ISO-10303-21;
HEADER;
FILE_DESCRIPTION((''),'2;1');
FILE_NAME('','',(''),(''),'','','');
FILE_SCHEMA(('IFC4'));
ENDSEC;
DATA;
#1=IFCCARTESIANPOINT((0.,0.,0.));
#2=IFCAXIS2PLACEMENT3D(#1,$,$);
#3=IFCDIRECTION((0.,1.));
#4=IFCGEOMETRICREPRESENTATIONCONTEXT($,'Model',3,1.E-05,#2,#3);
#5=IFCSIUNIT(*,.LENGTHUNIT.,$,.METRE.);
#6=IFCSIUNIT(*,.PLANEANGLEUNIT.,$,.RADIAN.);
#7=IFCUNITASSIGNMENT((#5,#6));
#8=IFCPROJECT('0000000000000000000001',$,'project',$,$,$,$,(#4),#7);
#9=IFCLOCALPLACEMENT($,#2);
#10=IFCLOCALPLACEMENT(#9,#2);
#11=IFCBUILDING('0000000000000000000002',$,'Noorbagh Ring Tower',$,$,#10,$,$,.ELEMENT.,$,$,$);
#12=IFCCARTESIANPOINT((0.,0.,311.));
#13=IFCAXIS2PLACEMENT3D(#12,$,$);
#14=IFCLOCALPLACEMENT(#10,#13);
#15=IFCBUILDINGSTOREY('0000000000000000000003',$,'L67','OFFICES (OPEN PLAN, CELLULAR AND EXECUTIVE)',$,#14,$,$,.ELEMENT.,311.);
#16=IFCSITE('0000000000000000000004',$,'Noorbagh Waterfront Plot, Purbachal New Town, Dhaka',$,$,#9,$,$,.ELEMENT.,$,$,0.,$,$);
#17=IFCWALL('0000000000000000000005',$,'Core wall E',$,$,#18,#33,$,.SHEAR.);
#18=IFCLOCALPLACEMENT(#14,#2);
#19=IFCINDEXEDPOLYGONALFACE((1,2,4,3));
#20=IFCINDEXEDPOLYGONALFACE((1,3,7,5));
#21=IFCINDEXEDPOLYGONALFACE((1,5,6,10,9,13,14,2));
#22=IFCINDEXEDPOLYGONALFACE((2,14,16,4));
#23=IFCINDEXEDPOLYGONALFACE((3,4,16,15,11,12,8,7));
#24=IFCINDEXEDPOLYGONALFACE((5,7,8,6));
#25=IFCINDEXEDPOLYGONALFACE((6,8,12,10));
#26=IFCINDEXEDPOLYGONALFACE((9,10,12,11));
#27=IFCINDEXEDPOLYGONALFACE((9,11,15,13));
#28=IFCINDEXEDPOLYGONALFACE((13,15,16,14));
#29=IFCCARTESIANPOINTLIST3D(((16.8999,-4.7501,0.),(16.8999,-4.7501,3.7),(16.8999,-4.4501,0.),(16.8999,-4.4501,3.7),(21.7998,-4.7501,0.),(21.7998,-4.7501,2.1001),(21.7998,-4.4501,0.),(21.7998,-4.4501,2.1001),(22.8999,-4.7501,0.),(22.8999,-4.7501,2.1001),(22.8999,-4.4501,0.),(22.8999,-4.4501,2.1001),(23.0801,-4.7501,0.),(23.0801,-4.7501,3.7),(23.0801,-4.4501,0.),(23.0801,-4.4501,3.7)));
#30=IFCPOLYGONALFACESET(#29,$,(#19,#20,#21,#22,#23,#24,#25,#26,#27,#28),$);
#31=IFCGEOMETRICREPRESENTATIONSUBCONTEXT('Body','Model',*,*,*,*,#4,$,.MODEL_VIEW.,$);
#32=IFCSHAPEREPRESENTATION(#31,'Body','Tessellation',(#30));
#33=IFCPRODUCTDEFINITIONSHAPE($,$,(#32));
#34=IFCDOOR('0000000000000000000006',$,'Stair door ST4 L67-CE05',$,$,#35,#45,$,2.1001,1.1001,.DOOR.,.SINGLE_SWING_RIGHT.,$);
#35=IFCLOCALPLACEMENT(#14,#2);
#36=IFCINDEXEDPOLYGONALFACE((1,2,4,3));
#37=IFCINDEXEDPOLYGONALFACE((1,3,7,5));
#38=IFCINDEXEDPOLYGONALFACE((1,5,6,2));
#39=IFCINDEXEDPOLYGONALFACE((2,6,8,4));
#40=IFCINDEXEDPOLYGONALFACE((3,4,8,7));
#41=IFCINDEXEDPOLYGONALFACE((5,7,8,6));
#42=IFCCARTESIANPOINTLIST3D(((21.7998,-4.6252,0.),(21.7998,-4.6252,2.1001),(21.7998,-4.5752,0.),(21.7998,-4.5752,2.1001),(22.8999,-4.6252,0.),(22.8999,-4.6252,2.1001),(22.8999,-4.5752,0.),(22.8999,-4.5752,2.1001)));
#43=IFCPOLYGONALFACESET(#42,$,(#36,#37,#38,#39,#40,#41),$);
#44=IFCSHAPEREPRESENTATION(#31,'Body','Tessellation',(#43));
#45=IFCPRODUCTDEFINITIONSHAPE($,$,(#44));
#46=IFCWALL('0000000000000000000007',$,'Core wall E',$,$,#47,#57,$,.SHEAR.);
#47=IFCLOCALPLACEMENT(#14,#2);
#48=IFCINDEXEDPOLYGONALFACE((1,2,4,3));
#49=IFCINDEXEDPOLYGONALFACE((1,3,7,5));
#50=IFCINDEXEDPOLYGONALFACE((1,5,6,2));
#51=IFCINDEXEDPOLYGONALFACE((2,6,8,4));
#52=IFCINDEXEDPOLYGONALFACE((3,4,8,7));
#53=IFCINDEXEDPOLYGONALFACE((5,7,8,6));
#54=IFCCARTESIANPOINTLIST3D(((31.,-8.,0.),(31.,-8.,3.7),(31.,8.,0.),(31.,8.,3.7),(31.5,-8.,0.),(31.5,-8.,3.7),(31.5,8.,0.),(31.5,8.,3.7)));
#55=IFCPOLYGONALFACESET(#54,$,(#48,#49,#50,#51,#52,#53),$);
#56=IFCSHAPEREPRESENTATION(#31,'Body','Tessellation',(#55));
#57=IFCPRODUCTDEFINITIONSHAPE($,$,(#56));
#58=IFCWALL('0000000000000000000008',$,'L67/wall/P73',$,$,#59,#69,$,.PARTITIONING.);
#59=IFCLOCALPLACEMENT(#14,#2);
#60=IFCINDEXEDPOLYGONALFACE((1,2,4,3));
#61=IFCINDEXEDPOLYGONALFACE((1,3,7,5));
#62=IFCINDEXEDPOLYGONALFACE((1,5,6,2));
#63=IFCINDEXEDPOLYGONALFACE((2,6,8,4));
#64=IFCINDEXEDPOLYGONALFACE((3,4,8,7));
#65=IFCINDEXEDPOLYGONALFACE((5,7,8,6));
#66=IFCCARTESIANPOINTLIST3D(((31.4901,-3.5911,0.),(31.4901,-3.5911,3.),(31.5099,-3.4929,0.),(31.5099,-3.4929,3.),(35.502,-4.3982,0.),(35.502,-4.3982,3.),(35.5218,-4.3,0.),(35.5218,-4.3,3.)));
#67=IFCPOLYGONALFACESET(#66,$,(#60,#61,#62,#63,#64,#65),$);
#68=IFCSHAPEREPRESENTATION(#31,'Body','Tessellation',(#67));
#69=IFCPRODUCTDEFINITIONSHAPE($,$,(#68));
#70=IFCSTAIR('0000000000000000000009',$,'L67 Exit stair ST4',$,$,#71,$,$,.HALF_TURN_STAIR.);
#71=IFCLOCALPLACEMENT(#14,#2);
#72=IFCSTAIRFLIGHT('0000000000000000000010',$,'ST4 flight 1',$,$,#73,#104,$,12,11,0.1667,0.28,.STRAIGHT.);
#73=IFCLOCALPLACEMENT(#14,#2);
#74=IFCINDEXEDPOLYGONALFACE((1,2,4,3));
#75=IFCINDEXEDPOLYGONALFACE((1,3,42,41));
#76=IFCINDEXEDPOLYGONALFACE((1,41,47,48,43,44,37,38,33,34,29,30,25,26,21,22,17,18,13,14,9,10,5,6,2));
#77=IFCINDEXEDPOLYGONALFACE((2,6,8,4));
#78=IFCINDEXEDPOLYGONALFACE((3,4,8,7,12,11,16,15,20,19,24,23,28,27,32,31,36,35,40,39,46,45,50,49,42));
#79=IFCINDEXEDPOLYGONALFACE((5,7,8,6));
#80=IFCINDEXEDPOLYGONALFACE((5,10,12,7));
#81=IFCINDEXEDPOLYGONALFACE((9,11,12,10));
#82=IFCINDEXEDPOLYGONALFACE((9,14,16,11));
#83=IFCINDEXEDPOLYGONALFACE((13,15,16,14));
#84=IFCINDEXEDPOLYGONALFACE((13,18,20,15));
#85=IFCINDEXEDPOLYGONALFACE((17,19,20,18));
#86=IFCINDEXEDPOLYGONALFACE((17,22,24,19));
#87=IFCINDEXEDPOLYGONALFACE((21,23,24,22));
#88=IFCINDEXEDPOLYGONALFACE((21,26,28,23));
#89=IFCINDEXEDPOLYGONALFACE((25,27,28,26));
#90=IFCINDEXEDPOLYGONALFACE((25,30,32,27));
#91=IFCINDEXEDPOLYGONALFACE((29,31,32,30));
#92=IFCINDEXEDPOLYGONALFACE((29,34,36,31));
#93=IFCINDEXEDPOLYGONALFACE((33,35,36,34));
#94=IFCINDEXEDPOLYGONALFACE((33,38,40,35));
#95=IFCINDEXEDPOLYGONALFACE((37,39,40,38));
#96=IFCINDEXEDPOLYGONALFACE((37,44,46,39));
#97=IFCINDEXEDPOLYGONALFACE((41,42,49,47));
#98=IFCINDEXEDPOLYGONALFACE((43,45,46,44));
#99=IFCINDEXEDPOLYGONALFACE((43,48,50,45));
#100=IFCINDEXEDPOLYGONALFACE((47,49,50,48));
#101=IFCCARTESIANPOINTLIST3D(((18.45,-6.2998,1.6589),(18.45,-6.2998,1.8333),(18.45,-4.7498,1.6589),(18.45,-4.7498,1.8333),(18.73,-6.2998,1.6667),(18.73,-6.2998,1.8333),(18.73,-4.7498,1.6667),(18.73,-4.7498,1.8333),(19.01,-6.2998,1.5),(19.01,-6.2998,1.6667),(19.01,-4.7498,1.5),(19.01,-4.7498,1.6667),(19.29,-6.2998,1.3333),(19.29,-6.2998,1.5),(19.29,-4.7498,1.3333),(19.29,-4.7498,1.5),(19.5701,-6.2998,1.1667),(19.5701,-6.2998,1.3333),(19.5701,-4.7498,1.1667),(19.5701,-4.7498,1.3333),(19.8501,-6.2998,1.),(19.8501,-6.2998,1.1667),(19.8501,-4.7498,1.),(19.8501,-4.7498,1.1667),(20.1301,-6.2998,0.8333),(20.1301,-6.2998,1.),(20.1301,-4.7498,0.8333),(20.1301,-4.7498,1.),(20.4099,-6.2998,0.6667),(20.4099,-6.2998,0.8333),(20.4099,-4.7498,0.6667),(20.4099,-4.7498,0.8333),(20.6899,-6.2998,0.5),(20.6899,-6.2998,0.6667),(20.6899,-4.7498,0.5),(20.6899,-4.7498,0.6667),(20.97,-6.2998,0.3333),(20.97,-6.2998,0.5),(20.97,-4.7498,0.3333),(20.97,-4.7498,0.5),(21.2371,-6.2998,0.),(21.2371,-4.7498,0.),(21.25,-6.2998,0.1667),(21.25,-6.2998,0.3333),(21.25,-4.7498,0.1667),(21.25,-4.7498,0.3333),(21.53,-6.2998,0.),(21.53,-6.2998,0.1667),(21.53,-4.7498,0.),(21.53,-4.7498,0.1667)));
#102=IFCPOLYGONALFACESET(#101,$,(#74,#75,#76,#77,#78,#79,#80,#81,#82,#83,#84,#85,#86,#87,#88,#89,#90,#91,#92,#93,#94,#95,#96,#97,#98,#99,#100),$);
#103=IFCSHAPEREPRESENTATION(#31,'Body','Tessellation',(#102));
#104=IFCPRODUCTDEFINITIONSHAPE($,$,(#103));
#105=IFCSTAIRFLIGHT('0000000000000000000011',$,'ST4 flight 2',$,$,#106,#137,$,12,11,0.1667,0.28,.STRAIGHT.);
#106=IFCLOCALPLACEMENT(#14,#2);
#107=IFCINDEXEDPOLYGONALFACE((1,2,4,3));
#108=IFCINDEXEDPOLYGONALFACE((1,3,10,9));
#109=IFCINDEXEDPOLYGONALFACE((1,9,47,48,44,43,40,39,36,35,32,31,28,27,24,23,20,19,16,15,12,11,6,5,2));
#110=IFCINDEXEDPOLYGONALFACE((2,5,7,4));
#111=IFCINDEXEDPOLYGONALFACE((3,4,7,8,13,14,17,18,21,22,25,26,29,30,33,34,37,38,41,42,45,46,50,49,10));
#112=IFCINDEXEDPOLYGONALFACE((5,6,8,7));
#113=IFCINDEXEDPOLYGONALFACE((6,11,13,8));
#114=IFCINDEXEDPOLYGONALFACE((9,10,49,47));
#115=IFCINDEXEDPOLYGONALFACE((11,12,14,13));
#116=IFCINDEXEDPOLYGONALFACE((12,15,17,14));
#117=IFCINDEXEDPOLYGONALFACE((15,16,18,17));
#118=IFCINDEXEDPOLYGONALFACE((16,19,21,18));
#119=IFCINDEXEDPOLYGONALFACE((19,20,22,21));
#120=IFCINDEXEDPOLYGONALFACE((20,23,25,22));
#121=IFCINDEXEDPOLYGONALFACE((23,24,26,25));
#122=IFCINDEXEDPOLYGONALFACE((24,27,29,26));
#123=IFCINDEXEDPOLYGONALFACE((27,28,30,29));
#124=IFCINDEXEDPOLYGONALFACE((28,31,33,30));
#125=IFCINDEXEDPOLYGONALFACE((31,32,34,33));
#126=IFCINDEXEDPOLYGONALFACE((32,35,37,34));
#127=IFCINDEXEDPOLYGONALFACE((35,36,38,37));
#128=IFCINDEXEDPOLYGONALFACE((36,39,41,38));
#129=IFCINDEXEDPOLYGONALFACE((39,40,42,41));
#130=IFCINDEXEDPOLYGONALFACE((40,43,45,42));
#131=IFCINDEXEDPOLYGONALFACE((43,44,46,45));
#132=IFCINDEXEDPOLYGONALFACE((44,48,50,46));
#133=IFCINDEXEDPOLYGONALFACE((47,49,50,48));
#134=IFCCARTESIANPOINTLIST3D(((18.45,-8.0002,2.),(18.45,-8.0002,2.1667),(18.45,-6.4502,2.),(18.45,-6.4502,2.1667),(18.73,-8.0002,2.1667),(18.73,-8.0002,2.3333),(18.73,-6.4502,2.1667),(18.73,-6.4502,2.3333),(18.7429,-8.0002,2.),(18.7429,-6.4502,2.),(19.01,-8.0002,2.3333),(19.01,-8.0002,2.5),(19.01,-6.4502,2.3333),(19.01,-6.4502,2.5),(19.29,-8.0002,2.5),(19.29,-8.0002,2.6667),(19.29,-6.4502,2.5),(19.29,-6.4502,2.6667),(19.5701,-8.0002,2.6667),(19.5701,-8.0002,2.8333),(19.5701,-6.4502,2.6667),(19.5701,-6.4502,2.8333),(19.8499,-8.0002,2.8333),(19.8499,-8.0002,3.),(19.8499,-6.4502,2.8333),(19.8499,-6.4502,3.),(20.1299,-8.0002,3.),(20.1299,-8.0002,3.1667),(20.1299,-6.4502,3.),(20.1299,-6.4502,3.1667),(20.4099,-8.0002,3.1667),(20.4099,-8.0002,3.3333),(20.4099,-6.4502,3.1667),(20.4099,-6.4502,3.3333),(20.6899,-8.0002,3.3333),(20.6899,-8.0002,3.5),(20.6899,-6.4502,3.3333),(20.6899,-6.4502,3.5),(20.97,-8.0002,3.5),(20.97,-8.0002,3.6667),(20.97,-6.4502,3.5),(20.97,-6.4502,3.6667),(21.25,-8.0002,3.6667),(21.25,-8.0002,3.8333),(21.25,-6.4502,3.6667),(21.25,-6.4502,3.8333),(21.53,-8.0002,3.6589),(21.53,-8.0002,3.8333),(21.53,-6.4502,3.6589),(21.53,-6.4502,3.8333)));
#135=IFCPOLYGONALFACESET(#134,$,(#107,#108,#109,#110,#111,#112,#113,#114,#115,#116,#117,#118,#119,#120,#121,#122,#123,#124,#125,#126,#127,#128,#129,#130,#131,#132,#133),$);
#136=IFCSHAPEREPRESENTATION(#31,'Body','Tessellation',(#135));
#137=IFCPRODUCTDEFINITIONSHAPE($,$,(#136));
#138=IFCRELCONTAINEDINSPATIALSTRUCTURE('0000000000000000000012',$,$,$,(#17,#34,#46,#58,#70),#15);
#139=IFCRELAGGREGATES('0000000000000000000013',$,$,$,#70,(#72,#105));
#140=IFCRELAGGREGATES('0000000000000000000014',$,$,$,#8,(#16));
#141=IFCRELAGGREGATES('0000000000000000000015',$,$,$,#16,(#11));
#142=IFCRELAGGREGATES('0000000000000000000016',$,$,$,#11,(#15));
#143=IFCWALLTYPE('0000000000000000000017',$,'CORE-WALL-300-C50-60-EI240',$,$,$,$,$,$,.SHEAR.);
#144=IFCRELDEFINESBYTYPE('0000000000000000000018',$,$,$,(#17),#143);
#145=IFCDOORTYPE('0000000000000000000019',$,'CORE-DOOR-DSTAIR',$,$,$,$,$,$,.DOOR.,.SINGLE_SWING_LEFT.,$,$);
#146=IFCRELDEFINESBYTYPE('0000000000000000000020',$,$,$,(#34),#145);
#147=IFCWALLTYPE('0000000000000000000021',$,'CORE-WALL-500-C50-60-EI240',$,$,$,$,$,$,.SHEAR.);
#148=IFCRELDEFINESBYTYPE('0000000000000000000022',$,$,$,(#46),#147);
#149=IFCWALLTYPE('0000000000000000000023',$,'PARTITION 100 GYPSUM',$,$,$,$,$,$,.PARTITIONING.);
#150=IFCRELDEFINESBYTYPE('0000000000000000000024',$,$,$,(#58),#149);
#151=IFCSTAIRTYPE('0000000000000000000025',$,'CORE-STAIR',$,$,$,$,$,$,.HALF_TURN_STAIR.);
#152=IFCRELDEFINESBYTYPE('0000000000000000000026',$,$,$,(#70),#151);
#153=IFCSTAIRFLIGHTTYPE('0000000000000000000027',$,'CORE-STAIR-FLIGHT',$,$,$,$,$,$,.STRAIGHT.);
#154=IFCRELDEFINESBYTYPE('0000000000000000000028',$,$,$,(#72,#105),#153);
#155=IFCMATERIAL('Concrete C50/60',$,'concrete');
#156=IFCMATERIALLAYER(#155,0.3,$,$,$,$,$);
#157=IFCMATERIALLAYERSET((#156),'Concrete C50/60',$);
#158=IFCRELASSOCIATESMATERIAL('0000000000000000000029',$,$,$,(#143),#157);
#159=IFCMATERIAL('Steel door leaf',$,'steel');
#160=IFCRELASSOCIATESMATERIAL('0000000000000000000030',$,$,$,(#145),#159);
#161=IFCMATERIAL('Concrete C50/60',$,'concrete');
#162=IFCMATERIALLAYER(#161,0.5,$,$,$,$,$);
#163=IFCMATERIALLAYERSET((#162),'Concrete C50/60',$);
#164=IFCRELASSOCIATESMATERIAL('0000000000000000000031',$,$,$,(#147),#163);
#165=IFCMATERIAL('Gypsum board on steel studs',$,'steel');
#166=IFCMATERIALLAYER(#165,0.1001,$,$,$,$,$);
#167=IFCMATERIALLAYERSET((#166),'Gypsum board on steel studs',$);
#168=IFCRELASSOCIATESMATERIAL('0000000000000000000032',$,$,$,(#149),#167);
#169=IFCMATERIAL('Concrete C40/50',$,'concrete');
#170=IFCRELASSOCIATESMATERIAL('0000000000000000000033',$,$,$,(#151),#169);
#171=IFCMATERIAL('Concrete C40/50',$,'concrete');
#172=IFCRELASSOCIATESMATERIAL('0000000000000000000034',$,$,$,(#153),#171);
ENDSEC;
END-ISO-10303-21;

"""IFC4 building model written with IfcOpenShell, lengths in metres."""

from ifc_helpers import new_model, si_unit, direction, frame, frame_2d, origin, place, context, subcontext, project, spatial, polyline, rectangle, outline, extrude, material, layer, layer_set, type_object, element, fill, aggregate, save


model = new_model("IFC4")

# Units and contexts
model_context = context("Model", 3, precision=1e-05, world=origin(), true_north=direction((0.0, 1.0)))
body_context = subcontext(model_context, "Body", "Model", "MODEL_VIEW")
ifc_project = project(units=[si_unit("LENGTHUNIT", "METRE"), si_unit("PLANEANGLEUNIT", "RADIAN")], contexts=[model_context])

# Site, building, storey
site_placement = place(None, origin())
site = spatial("IfcSite", under=ifc_project, at=site_placement, Name="Noorbagh Waterfront Plot, Purbachal New Town, Dhaka", CompositionType="ELEMENT", RefElevation=0.0)
building_placement = place(site_placement, origin())
building = spatial("IfcBuilding", under=site, at=building_placement, Name="Noorbagh Ring Tower", CompositionType="ELEMENT")
storey_placement = place(building_placement, frame((0.0, 0.0, 311.0)))
storey = spatial("IfcBuildingStorey", under=building, at=storey_placement, Name="L67", Description="OFFICES (OPEN PLAN, CELLULAR AND EXECUTIVE)", CompositionType="ELEMENT", Elevation=311.0)

# Wall, opening, door
ifc_material_1 = material(Name="Concrete C50/60", Category="concrete")
ifc_layer_1 = layer(ifc_material_1, 0.3)
ifc_layer_set_1 = layer_set([ifc_layer_1], Name="Concrete C50/60")
wall_type_1 = type_object("IfcWallType", Name="CORE-WALL-300-C50-60-EI240", PredefinedType="SHEAR", material=ifc_layer_set_1)
wall_1_placement = place(storey_placement, frame((16.8999, -4.6001, 0.0), z_axis=(0.0, 0.0, 1.0), x_axis=(1.0, 0.0, 0.0)))
wall_1 = element("IfcWall", 1, at=wall_1_placement, inside=storey, type_object=wall_type_1, Name="Core wall E", PredefinedType="SHEAR", context=body_context, shape_type="SweptSolid", body=[
    extrude(rectangle(XDim=6.1802, YDim=0.3, at=frame_2d((3.0901, 0.0))), origin(), (0.0, 0.0, 1.0), 3.7),
])
opening_1_placement = place(wall_1_placement, frame((4.8999, 0.0, 0.0)))
opening_1 = element("IfcOpeningElement", 2, at=opening_1_placement, cuts=wall_1, PredefinedType="OPENING", context=body_context, shape_type="SweptSolid", body=[
    extrude(rectangle(XDim=1.1001, YDim=2.1001, at=frame_2d((0.55, 1.05))), frame((0.0, 0.1602, 0.0), z_axis=(0.0, -1.0, 0.0), x_axis=(1.0, 0.0, 0.0)), (0.0, 0.0, 1.0), 0.3201),
])
ifc_material_2 = material(Name="Steel door leaf", Category="steel")
door_type_1 = type_object("IfcDoorType", Name="CORE-DOOR-DSTAIR", OperationType="SINGLE_SWING_LEFT", PredefinedType="DOOR", material=ifc_material_2)
door_1_placement = place(opening_1_placement, origin())
door_1 = element("IfcDoor", 3, at=door_1_placement, inside=storey, type_object=door_type_1, Name="Stair door ST4 L67-CE05", OperationType="SINGLE_SWING_RIGHT", OverallHeight=2.1001, OverallWidth=1.1001, PredefinedType="DOOR", context=body_context, shape_type="SweptSolid", body=[
    extrude(rectangle(XDim=1.1001, YDim=2.1001, at=frame_2d((0.55, 1.05))), frame((0.0, 0.0249, 0.0), z_axis=(0.0, -1.0, 0.0), x_axis=(1.0, 0.0, 0.0)), (0.0, 0.0, 1.0), 0.05),
])
fill(opening_1, door_1)

# Walls
ifc_material_3 = material(Name="Concrete C50/60", Category="concrete")
ifc_layer_2 = layer(ifc_material_3, 0.5)
ifc_layer_set_2 = layer_set([ifc_layer_2], Name="Concrete C50/60")
wall_type_2 = type_object("IfcWallType", Name="CORE-WALL-500-C50-60-EI240", PredefinedType="SHEAR", material=ifc_layer_set_2)
wall_2_placement = place(storey_placement, frame((31.25, -8.0, 0.0), z_axis=(0.0, 0.0, 1.0), x_axis=(0.0, 1.0, 0.0)))
element("IfcWall", 4, at=wall_2_placement, inside=storey, type_object=wall_type_2, Name="Core wall E", PredefinedType="SHEAR", context=body_context, shape_type="SweptSolid", body=[
    extrude(rectangle(XDim=16.0, YDim=0.5, at=frame_2d((8.0, 0.0))), origin(), (0.0, 0.0, 1.0), 3.7),
])
ifc_material_4 = material(Name="Gypsum board on steel studs", Category="steel")
ifc_layer_3 = layer(ifc_material_4, 0.1001)
ifc_layer_set_3 = layer_set([ifc_layer_3], Name="Gypsum board on steel studs")
wall_type_3 = type_object("IfcWallType", Name="PARTITION 100 GYPSUM", PredefinedType="PARTITIONING", material=ifc_layer_set_3)
wall_3_placement = place(storey_placement, frame((31.5, -3.542, 0.0), z_axis=(0.0, 0.0, 1.0), x_axis=(0.980357, -0.197229, 0.0)))
element("IfcWall", 5, at=wall_3_placement, inside=storey, type_object=wall_type_3, Name="L67/wall/P73", PredefinedType="PARTITIONING", context=body_context, shape_type="SweptSolid", body=[
    extrude(rectangle(XDim=4.0923, YDim=0.1001, at=frame_2d((2.0461, 0.0))), origin(), (0.0, 0.0, 1.0), 3.0),
])

# Stair, stair flights
ifc_material_5 = material(Name="Concrete C40/50", Category="concrete")
stair_type = type_object("IfcStairType", Name="CORE-STAIR", PredefinedType="HALF_TURN_STAIR", material=ifc_material_5)
stair_placement = place(storey_placement, origin())
stair = element("IfcStair", 6, at=stair_placement, inside=storey, type_object=stair_type, Name="L67 Exit stair ST4", PredefinedType="HALF_TURN_STAIR")
ifc_material_6 = material(Name="Concrete C40/50", Category="concrete")
stair_flight_type = type_object("IfcStairFlightType", Name="CORE-STAIR-FLIGHT", PredefinedType="STRAIGHT", material=ifc_material_6)
stair_flight_1_placement = place(storey_placement, frame((21.53, -5.5249, 0.0), z_axis=(0.0, 0.0, 1.0), x_axis=(-1.0, 0.0, 0.0)))
stair_flight_1 = element("IfcStairFlight", 7, at=stair_flight_1_placement, type_object=stair_flight_type, Name="ST4 flight 1", NumberOfRisers=12, NumberOfTreads=11, PredefinedType="STRAIGHT", RiserHeight=0.1667, TreadLength=0.28, context=body_context, shape_type="SweptSolid", body=[
    extrude(outline(polyline([(0.0, 0.0), (0.0, 0.1667), (0.28, 0.1667), (0.28, 0.3333), (0.5601, 0.3333), (0.5601, 0.5), (0.8401, 0.5), (0.8401, 0.6667), (1.1201, 0.6667), (1.1201, 0.8333), (1.3999, 0.8333), (1.3999, 1.0), (1.6799, 1.0), (1.6799, 1.1667), (1.96, 1.1667), (1.96, 1.3333), (2.24, 1.3333), (2.24, 1.5), (2.52, 1.5), (2.52, 1.6667), (2.8, 1.6667), (2.8, 1.8333), (3.0801, 1.8333), (3.0801, 2.0), (3.0801, 1.6589), (0.293, 0.0), (0.0, 0.0)])), frame((0.0, 0.7749, 0.0), z_axis=(0.0, -1.0, 0.0), x_axis=(1.0, 0.0, 0.0)), (0.0, 0.0, 1.0), 1.55),
])
stair_flight_2_placement = place(storey_placement, frame((18.45, -7.2251, 2.0), z_axis=(0.0, 0.0, 1.0), x_axis=(1.0, 0.0, 0.0)))
stair_flight_2 = element("IfcStairFlight", 8, at=stair_flight_2_placement, type_object=stair_flight_type, Name="ST4 flight 2", NumberOfRisers=12, NumberOfTreads=11, PredefinedType="STRAIGHT", RiserHeight=0.1667, TreadLength=0.28, context=body_context, shape_type="SweptSolid", body=[
    extrude(outline(polyline([(0.0, 0.0), (0.0, 0.1667), (0.28, 0.1667), (0.28, 0.3333), (0.5601, 0.3333), (0.5601, 0.5), (0.8401, 0.5), (0.8401, 0.6667), (1.1201, 0.6667), (1.1201, 0.8333), (1.3999, 0.8333), (1.3999, 1.0), (1.6799, 1.0), (1.6799, 1.1667), (1.96, 1.1667), (1.96, 1.3333), (2.24, 1.3333), (2.24, 1.5), (2.52, 1.5), (2.52, 1.6667), (2.8, 1.6667), (2.8, 1.8333), (3.0801, 1.8333), (3.0801, 2.0), (3.0801, 1.6589), (0.293, 0.0), (0.0, 0.0)])), frame((0.0, 0.7749, 0.0), z_axis=(0.0, -1.0, 0.0), x_axis=(1.0, 0.0, 0.0)), (0.0, 0.0, 1.0), 1.55),
])
aggregate(stair, [stair_flight_1, stair_flight_2])

save(model, "model.ifc")
